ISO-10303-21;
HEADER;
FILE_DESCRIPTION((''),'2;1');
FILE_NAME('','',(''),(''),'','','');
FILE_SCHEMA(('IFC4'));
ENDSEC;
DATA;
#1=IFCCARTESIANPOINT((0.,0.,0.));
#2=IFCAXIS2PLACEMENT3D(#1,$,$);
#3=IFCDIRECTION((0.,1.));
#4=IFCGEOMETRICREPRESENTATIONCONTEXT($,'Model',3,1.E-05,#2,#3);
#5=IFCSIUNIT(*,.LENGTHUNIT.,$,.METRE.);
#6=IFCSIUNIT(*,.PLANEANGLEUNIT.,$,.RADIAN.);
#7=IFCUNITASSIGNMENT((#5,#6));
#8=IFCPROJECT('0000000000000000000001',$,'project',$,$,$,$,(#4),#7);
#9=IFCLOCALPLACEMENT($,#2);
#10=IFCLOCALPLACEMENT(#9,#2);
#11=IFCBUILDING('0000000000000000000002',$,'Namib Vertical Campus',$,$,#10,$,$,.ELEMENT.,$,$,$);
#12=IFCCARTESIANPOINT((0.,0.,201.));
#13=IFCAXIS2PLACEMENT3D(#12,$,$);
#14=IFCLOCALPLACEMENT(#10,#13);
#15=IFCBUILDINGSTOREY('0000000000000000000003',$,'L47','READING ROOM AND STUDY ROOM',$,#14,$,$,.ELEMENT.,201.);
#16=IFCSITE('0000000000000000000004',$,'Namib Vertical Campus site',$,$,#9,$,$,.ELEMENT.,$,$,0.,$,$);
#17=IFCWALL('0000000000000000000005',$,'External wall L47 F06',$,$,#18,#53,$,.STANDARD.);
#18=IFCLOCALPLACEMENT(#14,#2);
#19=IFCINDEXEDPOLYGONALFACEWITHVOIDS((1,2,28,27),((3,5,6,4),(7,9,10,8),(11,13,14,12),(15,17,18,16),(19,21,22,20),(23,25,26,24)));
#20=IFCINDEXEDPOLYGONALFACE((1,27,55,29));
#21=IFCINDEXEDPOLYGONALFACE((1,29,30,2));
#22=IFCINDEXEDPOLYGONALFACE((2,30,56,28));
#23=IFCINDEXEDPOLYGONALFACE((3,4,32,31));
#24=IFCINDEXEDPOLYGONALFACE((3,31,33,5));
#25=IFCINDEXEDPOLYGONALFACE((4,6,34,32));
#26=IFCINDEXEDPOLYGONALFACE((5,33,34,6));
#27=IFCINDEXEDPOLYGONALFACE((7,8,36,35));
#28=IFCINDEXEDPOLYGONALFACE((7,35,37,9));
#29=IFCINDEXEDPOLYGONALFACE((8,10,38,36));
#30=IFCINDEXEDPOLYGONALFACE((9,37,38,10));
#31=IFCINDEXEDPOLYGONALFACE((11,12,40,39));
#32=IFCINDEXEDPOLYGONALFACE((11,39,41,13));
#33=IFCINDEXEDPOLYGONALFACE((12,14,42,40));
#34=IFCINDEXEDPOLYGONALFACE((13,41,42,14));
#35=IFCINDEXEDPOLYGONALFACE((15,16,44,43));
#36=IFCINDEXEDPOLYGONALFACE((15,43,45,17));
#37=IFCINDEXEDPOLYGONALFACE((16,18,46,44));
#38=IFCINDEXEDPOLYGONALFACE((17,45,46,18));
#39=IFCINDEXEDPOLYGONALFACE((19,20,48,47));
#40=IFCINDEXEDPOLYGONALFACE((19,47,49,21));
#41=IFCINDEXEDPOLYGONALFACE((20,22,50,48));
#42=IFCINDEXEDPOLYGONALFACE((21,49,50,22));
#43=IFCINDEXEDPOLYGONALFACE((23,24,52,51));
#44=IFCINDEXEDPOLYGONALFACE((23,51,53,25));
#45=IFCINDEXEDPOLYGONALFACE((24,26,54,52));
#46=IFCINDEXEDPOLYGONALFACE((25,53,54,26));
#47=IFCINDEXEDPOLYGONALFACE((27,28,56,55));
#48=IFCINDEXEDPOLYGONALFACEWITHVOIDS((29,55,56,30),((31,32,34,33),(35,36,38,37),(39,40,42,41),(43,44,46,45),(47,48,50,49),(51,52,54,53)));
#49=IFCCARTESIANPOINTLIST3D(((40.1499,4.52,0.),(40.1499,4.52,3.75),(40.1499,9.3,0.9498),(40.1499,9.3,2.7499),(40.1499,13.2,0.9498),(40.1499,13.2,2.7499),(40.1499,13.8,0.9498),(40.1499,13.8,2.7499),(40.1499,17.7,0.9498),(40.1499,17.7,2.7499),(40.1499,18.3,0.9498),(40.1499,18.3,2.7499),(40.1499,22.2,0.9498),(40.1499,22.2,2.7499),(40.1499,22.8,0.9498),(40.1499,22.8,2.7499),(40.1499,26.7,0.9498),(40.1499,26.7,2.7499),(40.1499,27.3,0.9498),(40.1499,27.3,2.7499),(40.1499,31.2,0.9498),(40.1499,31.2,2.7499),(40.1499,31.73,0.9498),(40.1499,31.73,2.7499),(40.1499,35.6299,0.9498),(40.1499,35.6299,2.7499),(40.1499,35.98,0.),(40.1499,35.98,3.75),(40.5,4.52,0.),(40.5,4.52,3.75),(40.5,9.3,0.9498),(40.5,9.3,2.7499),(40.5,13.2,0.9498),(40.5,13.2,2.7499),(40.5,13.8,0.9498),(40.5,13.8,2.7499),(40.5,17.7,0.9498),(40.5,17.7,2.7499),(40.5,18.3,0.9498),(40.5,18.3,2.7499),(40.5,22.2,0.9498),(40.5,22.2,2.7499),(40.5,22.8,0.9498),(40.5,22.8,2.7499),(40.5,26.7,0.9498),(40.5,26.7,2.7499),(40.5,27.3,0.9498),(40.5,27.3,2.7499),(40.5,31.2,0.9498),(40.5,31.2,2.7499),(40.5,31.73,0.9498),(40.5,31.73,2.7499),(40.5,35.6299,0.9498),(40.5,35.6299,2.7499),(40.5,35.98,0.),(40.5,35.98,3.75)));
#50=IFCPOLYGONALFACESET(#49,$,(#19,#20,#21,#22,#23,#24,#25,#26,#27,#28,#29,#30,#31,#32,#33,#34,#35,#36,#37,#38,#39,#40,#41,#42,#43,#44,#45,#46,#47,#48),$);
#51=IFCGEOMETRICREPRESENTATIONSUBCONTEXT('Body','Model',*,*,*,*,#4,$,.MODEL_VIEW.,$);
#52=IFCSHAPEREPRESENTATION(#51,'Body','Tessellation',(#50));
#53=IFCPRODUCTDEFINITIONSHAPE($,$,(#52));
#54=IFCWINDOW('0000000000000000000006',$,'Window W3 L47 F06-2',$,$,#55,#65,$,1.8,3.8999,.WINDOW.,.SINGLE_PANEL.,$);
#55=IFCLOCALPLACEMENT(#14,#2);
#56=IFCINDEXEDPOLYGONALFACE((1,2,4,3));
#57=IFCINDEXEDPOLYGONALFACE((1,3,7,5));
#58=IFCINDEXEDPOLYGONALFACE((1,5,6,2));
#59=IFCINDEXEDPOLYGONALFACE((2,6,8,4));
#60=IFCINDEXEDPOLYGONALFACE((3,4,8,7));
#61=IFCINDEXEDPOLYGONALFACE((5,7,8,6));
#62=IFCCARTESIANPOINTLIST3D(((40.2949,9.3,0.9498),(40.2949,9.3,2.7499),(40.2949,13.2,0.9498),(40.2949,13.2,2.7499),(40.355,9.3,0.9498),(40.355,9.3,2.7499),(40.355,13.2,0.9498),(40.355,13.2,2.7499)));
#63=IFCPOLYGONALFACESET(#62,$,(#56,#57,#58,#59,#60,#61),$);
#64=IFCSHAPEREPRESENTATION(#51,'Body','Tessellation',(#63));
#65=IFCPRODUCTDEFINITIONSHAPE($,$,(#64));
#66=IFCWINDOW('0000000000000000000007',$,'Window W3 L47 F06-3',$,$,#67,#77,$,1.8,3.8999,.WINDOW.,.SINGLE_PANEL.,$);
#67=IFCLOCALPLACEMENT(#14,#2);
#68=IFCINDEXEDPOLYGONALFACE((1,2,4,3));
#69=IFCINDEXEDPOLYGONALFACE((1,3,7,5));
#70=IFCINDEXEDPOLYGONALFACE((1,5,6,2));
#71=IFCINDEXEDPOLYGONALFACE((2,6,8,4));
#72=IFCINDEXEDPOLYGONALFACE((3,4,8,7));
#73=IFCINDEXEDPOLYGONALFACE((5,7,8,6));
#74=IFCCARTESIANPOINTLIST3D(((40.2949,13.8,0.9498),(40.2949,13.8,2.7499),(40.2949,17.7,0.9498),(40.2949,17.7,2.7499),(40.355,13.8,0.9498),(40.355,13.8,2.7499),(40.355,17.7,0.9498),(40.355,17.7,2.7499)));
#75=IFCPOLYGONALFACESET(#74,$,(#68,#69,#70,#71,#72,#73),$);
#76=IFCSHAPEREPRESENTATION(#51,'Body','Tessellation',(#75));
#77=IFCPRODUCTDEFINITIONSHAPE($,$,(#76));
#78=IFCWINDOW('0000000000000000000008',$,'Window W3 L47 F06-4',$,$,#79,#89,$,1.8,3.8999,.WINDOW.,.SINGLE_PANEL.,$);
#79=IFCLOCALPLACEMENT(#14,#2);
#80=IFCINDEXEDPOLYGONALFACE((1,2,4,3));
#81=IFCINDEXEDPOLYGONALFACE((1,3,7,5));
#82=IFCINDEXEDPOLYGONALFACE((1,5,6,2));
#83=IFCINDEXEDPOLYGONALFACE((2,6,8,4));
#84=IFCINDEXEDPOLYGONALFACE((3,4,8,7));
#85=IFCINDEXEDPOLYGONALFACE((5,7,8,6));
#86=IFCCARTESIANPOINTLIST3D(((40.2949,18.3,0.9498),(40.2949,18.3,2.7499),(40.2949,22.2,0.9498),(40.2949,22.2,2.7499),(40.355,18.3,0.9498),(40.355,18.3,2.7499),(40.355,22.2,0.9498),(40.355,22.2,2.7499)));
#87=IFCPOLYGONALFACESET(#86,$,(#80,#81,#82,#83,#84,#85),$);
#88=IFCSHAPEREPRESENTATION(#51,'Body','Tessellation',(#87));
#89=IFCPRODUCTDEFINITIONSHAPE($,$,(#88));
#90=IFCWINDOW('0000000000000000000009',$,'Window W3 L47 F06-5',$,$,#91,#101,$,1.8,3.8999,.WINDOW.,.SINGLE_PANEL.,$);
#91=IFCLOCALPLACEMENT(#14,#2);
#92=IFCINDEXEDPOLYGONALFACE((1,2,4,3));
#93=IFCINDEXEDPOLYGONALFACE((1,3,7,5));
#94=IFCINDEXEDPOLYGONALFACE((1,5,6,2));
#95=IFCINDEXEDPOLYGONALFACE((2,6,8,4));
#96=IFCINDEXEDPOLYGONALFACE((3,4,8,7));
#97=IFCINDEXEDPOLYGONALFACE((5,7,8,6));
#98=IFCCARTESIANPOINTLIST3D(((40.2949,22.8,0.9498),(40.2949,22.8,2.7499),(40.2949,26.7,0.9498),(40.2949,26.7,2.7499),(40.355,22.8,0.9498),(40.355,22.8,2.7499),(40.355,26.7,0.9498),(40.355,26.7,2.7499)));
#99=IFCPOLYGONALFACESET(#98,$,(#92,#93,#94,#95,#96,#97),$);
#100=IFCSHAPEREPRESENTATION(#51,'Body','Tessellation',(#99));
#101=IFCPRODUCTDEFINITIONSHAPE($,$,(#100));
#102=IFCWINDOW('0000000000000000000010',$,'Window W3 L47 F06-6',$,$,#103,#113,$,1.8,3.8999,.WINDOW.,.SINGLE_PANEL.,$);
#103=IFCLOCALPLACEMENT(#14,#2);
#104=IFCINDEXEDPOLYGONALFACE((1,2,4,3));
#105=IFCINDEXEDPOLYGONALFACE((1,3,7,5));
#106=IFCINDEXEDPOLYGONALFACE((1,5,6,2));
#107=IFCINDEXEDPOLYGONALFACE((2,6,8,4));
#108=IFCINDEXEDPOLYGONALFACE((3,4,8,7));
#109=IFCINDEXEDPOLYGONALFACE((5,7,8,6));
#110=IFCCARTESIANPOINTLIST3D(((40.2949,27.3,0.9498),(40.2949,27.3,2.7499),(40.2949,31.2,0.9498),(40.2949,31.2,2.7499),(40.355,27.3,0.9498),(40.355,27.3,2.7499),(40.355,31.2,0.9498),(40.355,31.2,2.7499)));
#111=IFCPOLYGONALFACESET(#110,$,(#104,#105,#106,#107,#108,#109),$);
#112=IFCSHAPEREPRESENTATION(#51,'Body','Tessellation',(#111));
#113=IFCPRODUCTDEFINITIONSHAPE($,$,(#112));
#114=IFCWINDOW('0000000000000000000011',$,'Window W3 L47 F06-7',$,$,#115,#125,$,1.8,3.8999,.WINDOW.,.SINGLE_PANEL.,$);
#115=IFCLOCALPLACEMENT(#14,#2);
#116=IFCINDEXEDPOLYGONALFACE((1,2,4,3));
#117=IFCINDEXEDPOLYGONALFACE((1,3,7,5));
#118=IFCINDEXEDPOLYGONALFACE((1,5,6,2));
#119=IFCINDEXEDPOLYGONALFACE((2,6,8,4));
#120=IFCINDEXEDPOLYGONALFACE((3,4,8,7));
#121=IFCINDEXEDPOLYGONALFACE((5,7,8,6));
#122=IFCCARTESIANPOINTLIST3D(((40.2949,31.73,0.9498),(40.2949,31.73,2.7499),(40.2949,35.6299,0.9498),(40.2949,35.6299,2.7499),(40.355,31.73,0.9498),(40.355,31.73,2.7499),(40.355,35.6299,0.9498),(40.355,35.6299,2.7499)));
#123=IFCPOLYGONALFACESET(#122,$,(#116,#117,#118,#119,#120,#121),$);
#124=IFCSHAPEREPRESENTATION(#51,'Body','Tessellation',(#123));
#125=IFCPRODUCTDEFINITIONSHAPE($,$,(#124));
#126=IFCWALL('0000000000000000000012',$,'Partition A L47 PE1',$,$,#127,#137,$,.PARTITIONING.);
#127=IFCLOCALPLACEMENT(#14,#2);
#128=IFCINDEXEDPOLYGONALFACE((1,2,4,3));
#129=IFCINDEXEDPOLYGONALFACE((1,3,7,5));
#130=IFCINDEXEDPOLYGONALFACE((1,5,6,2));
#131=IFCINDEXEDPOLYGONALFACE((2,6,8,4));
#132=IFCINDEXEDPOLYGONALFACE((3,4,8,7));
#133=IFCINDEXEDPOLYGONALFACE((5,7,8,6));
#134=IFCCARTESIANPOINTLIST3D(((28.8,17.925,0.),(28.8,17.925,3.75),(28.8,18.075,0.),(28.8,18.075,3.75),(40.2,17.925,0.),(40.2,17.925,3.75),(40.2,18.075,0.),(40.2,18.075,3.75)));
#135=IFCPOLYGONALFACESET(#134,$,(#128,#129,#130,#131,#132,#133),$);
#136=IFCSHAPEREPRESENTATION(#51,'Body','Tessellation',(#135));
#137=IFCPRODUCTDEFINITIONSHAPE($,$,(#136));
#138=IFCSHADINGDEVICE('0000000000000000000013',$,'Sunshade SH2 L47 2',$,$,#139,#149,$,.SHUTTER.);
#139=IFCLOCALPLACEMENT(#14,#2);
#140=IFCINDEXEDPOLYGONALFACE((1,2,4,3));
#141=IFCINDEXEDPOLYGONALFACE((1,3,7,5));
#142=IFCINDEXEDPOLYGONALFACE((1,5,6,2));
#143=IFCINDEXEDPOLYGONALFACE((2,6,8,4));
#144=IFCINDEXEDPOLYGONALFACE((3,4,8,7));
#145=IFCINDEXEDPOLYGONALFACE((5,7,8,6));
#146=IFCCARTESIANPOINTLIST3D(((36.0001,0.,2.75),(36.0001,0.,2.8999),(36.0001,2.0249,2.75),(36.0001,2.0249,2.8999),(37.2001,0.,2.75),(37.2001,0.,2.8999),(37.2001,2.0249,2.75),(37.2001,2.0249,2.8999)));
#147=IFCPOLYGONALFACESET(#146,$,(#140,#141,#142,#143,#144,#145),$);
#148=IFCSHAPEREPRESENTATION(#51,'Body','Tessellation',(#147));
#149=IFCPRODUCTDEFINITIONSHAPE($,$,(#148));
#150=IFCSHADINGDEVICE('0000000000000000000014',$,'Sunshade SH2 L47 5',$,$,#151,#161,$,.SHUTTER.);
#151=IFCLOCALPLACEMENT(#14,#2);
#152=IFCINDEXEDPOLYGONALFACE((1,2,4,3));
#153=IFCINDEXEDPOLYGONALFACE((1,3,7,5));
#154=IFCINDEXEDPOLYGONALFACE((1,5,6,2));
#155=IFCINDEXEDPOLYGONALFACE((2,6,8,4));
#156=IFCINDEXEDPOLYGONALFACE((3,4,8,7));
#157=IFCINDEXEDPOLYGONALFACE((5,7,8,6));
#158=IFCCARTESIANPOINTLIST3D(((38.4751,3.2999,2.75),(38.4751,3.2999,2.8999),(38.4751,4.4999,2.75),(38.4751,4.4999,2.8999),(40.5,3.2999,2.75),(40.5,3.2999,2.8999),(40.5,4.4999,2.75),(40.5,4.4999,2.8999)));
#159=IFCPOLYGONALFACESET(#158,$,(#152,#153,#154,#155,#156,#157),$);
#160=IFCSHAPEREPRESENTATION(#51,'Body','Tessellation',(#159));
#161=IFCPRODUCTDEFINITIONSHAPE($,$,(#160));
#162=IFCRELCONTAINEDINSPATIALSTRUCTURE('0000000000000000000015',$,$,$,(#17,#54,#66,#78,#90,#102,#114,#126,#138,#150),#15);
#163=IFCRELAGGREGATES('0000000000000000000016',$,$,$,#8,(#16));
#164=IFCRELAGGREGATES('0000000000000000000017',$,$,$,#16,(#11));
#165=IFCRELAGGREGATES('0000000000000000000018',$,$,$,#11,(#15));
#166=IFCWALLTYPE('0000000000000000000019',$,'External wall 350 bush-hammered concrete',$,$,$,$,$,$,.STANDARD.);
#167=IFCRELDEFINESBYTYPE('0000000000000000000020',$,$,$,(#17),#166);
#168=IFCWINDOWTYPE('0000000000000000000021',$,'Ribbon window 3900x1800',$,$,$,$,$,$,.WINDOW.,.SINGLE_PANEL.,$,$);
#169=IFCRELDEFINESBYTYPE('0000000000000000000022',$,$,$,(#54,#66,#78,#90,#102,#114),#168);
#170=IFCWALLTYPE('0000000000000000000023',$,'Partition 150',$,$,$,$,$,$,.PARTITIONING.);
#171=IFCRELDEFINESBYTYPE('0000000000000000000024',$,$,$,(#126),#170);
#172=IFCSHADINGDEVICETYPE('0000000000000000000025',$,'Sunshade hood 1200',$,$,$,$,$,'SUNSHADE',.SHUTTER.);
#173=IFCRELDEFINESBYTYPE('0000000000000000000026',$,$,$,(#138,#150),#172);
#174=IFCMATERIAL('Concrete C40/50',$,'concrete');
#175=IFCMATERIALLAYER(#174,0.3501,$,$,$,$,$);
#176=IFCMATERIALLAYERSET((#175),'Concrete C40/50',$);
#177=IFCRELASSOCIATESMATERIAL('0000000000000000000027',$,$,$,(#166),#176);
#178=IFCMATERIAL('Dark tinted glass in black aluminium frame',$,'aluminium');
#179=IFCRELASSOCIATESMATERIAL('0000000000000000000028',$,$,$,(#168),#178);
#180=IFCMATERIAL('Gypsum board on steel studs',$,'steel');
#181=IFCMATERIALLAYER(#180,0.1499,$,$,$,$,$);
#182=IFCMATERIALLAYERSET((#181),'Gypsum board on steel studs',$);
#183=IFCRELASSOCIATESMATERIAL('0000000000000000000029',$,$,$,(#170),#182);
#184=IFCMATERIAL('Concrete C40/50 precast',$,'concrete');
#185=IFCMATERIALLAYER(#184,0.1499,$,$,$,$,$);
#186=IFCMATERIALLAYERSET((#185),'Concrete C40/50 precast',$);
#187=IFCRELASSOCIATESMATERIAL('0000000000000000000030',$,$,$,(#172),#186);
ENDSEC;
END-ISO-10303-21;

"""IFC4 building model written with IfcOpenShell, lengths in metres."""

from ifc_helpers import new_model, si_unit, direction, frame, frame_2d, origin, origin_2d, place, context, subcontext, project, spatial, rectangle, extrude, material, layer, layer_set, type_object, element, fill, save


model = new_model("IFC4")

# Units and contexts
model_context = context("Model", 3, precision=1e-05, world=origin(), true_north=direction((0.0, 1.0)))
body_context = subcontext(model_context, "Body", "Model", "MODEL_VIEW")
ifc_project = project(units=[si_unit("LENGTHUNIT", "METRE"), si_unit("PLANEANGLEUNIT", "RADIAN")], contexts=[model_context])

# Site, building, storey
site_placement = place(None, origin())
site = spatial("IfcSite", under=ifc_project, at=site_placement, Name="Namib Vertical Campus site", CompositionType="ELEMENT", RefElevation=0.0)
building_placement = place(site_placement, origin())
building = spatial("IfcBuilding", under=site, at=building_placement, Name="Namib Vertical Campus", CompositionType="ELEMENT")
storey_placement = place(building_placement, frame((0.0, 0.0, 201.0)))
storey = spatial("IfcBuildingStorey", under=building, at=storey_placement, Name="L47", Description="READING ROOM AND STUDY ROOM", CompositionType="ELEMENT", Elevation=201.0)

# Shared definitions
ifc_material_1 = material(Name="Concrete C40/50", Category="concrete")
ifc_layer_1 = layer(ifc_material_1, 0.3501)
ifc_layer_set_1 = layer_set([ifc_layer_1], Name="Concrete C40/50")
wall_type_1 = type_object("IfcWallType", Name="External wall 350 bush-hammered concrete", PredefinedType="STANDARD", material=ifc_layer_set_1)

# Wall, openings, windows
wall_1_placement = place(storey_placement, frame((40.325, 4.52, 0.0), z_axis=(0.0, 0.0, 1.0), x_axis=(0.0, 1.0, 0.0)))
wall_1 = element("IfcWall", 1, at=wall_1_placement, inside=storey, type_object=wall_type_1, Name="External wall L47 F06", PredefinedType="STANDARD", context=body_context, shape_type="SweptSolid", body=[
    extrude(rectangle(XDim=31.46, YDim=0.3501, at=frame_2d((15.73, 0.0))), origin(), (0.0, 0.0, 1.0), 3.75),
])
opening_1_placement = place(wall_1_placement, frame((4.78, 0.0, 0.95)))
opening_1 = element("IfcOpeningElement", 2, at=opening_1_placement, cuts=wall_1, PredefinedType="OPENING", context=body_context, shape_type="SweptSolid", body=[
    extrude(rectangle(XDim=3.8999, YDim=1.8, at=frame_2d((1.95, 0.8999))), frame((0.0, 0.1851, 0.0), z_axis=(0.0, -1.0, 0.0), x_axis=(1.0, 0.0, 0.0)), (0.0, 0.0, 1.0), 0.3701),
])
opening_2_placement = place(wall_1_placement, frame((9.28, 0.0, 0.95)))
opening_2 = element("IfcOpeningElement", 3, at=opening_2_placement, cuts=wall_1, PredefinedType="OPENING", context=body_context, shape_type="SweptSolid", body=[
    extrude(rectangle(XDim=3.8999, YDim=1.8, at=frame_2d((1.95, 0.8999))), frame((0.0, 0.1851, 0.0), z_axis=(0.0, -1.0, 0.0), x_axis=(1.0, 0.0, 0.0)), (0.0, 0.0, 1.0), 0.3701),
])
opening_3_placement = place(wall_1_placement, frame((13.78, 0.0, 0.95)))
opening_3 = element("IfcOpeningElement", 4, at=opening_3_placement, cuts=wall_1, PredefinedType="OPENING", context=body_context, shape_type="SweptSolid", body=[
    extrude(rectangle(XDim=3.8999, YDim=1.8, at=frame_2d((1.95, 0.8999))), frame((0.0, 0.1851, 0.0), z_axis=(0.0, -1.0, 0.0), x_axis=(1.0, 0.0, 0.0)), (0.0, 0.0, 1.0), 0.3701),
])
opening_4_placement = place(wall_1_placement, frame((18.28, 0.0, 0.95)))
opening_4 = element("IfcOpeningElement", 5, at=opening_4_placement, cuts=wall_1, PredefinedType="OPENING", context=body_context, shape_type="SweptSolid", body=[
    extrude(rectangle(XDim=3.8999, YDim=1.8, at=frame_2d((1.95, 0.8999))), frame((0.0, 0.1851, 0.0), z_axis=(0.0, -1.0, 0.0), x_axis=(1.0, 0.0, 0.0)), (0.0, 0.0, 1.0), 0.3701),
])
opening_5_placement = place(wall_1_placement, frame((22.78, 0.0, 0.95)))
opening_5 = element("IfcOpeningElement", 6, at=opening_5_placement, cuts=wall_1, PredefinedType="OPENING", context=body_context, shape_type="SweptSolid", body=[
    extrude(rectangle(XDim=3.8999, YDim=1.8, at=frame_2d((1.95, 0.8999))), frame((0.0, 0.1851, 0.0), z_axis=(0.0, -1.0, 0.0), x_axis=(1.0, 0.0, 0.0)), (0.0, 0.0, 1.0), 0.3701),
])
opening_6_placement = place(wall_1_placement, frame((27.21, 0.0, 0.95)))
opening_6 = element("IfcOpeningElement", 7, at=opening_6_placement, cuts=wall_1, PredefinedType="OPENING", context=body_context, shape_type="SweptSolid", body=[
    extrude(rectangle(XDim=3.8999, YDim=1.8, at=frame_2d((1.95, 0.8999))), frame((0.0, 0.1851, 0.0), z_axis=(0.0, -1.0, 0.0), x_axis=(1.0, 0.0, 0.0)), (0.0, 0.0, 1.0), 0.3701),
])
ifc_material_2 = material(Name="Dark tinted glass in black aluminium frame", Category="aluminium")
window_type = type_object("IfcWindowType", Name="Ribbon window 3900x1800", PartitioningType="SINGLE_PANEL", PredefinedType="WINDOW", material=ifc_material_2)
window_1_placement = place(opening_1_placement, origin())
window_1 = element("IfcWindow", 8, at=window_1_placement, inside=storey, type_object=window_type, Name="Window W3 L47 F06-2", OverallHeight=1.8, OverallWidth=3.8999, PartitioningType="SINGLE_PANEL", PredefinedType="WINDOW", context=body_context, shape_type="SweptSolid", body=[
    extrude(rectangle(XDim=3.8999, YDim=1.8, at=frame_2d((1.95, 0.8999))), frame((0.0, 0.03, 0.0), z_axis=(0.0, -1.0, 0.0), x_axis=(1.0, 0.0, 0.0)), (0.0, 0.0, 1.0), 0.0601),
])
fill(opening_1, window_1)
window_2_placement = place(opening_2_placement, origin())
window_2 = element("IfcWindow", 9, at=window_2_placement, inside=storey, type_object=window_type, Name="Window W3 L47 F06-3", OverallHeight=1.8, OverallWidth=3.8999, PartitioningType="SINGLE_PANEL", PredefinedType="WINDOW", context=body_context, shape_type="SweptSolid", body=[
    extrude(rectangle(XDim=3.8999, YDim=1.8, at=frame_2d((1.95, 0.8999))), frame((0.0, 0.03, 0.0), z_axis=(0.0, -1.0, 0.0), x_axis=(1.0, 0.0, 0.0)), (0.0, 0.0, 1.0), 0.0601),
])
fill(opening_2, window_2)
window_3_placement = place(opening_3_placement, origin())
window_3 = element("IfcWindow", 10, at=window_3_placement, inside=storey, type_object=window_type, Name="Window W3 L47 F06-4", OverallHeight=1.8, OverallWidth=3.8999, PartitioningType="SINGLE_PANEL", PredefinedType="WINDOW", context=body_context, shape_type="SweptSolid", body=[
    extrude(rectangle(XDim=3.8999, YDim=1.8, at=frame_2d((1.95, 0.8999))), frame((0.0, 0.03, 0.0), z_axis=(0.0, -1.0, 0.0), x_axis=(1.0, 0.0, 0.0)), (0.0, 0.0, 1.0), 0.0601),
])
fill(opening_3, window_3)
window_4_placement = place(opening_4_placement, origin())
window_4 = element("IfcWindow", 11, at=window_4_placement, inside=storey, type_object=window_type, Name="Window W3 L47 F06-5", OverallHeight=1.8, OverallWidth=3.8999, PartitioningType="SINGLE_PANEL", PredefinedType="WINDOW", context=body_context, shape_type="SweptSolid", body=[
    extrude(rectangle(XDim=3.8999, YDim=1.8, at=frame_2d((1.95, 0.8999))), frame((0.0, 0.03, 0.0), z_axis=(0.0, -1.0, 0.0), x_axis=(1.0, 0.0, 0.0)), (0.0, 0.0, 1.0), 0.0601),
])
fill(opening_4, window_4)
window_5_placement = place(opening_5_placement, origin())
window_5 = element("IfcWindow", 12, at=window_5_placement, inside=storey, type_object=window_type, Name="Window W3 L47 F06-6", OverallHeight=1.8, OverallWidth=3.8999, PartitioningType="SINGLE_PANEL", PredefinedType="WINDOW", context=body_context, shape_type="SweptSolid", body=[
    extrude(rectangle(XDim=3.8999, YDim=1.8, at=frame_2d((1.95, 0.8999))), frame((0.0, 0.03, 0.0), z_axis=(0.0, -1.0, 0.0), x_axis=(1.0, 0.0, 0.0)), (0.0, 0.0, 1.0), 0.0601),
])
fill(opening_5, window_5)
window_6_placement = place(opening_6_placement, origin())
window_6 = element("IfcWindow", 13, at=window_6_placement, inside=storey, type_object=window_type, Name="Window W3 L47 F06-7", OverallHeight=1.8, OverallWidth=3.8999, PartitioningType="SINGLE_PANEL", PredefinedType="WINDOW", context=body_context, shape_type="SweptSolid", body=[
    extrude(rectangle(XDim=3.8999, YDim=1.8, at=frame_2d((1.95, 0.8999))), frame((0.0, 0.03, 0.0), z_axis=(0.0, -1.0, 0.0), x_axis=(1.0, 0.0, 0.0)), (0.0, 0.0, 1.0), 0.0601),
])
fill(opening_6, window_6)

# Wall
ifc_material_3 = material(Name="Gypsum board on steel studs", Category="steel")
ifc_layer_2 = layer(ifc_material_3, 0.1499)
ifc_layer_set_2 = layer_set([ifc_layer_2], Name="Gypsum board on steel studs")
wall_type_2 = type_object("IfcWallType", Name="Partition 150", PredefinedType="PARTITIONING", material=ifc_layer_set_2)
wall_2_placement = place(storey_placement, frame((28.8, 18.0, 0.0), z_axis=(0.0, 0.0, 1.0), x_axis=(1.0, 0.0, 0.0)))
element("IfcWall", 14, at=wall_2_placement, inside=storey, type_object=wall_type_2, Name="Partition A L47 PE1", PredefinedType="PARTITIONING", context=body_context, shape_type="SweptSolid", body=[
    extrude(rectangle(XDim=11.3999, YDim=0.1499, at=frame_2d((5.7, 0.0))), origin(), (0.0, 0.0, 1.0), 3.75),
])

# Shading devices
ifc_material_4 = material(Name="Concrete C40/50 precast", Category="concrete")
ifc_layer_3 = layer(ifc_material_4, 0.1499)
ifc_layer_set_3 = layer_set([ifc_layer_3], Name="Concrete C40/50 precast")
shading_device_type = type_object("IfcShadingDeviceType", Name="Sunshade hood 1200", ElementType="SUNSHADE", PredefinedType="SHUTTER", material=ifc_layer_set_3)
for number, where, z_axis, x_axis, name in (
    (15, (36.6001, 1.0125, 2.75), (0.0, 0.0, 1.0), (0.0, 1.0, 0.0), "Sunshade SH2 L47 2"),
    (16, (39.4875, 3.8999, 2.75), (0.0, 0.0, 1.0), (1.0, 0.0, 0.0), "Sunshade SH2 L47 5"),
):
    element("IfcShadingDevice", number, at=place(storey_placement, frame(where, z_axis=z_axis, x_axis=x_axis)), inside=storey, type_object=shading_device_type, Name=name, PredefinedType="SHUTTER", context=body_context, shape_type="SweptSolid", body=[
        extrude(rectangle(XDim=2.0249, YDim=1.2, at=origin_2d()), origin(), (0.0, 0.0, 1.0), 0.1499),
    ])

save(model, "model.ifc")
